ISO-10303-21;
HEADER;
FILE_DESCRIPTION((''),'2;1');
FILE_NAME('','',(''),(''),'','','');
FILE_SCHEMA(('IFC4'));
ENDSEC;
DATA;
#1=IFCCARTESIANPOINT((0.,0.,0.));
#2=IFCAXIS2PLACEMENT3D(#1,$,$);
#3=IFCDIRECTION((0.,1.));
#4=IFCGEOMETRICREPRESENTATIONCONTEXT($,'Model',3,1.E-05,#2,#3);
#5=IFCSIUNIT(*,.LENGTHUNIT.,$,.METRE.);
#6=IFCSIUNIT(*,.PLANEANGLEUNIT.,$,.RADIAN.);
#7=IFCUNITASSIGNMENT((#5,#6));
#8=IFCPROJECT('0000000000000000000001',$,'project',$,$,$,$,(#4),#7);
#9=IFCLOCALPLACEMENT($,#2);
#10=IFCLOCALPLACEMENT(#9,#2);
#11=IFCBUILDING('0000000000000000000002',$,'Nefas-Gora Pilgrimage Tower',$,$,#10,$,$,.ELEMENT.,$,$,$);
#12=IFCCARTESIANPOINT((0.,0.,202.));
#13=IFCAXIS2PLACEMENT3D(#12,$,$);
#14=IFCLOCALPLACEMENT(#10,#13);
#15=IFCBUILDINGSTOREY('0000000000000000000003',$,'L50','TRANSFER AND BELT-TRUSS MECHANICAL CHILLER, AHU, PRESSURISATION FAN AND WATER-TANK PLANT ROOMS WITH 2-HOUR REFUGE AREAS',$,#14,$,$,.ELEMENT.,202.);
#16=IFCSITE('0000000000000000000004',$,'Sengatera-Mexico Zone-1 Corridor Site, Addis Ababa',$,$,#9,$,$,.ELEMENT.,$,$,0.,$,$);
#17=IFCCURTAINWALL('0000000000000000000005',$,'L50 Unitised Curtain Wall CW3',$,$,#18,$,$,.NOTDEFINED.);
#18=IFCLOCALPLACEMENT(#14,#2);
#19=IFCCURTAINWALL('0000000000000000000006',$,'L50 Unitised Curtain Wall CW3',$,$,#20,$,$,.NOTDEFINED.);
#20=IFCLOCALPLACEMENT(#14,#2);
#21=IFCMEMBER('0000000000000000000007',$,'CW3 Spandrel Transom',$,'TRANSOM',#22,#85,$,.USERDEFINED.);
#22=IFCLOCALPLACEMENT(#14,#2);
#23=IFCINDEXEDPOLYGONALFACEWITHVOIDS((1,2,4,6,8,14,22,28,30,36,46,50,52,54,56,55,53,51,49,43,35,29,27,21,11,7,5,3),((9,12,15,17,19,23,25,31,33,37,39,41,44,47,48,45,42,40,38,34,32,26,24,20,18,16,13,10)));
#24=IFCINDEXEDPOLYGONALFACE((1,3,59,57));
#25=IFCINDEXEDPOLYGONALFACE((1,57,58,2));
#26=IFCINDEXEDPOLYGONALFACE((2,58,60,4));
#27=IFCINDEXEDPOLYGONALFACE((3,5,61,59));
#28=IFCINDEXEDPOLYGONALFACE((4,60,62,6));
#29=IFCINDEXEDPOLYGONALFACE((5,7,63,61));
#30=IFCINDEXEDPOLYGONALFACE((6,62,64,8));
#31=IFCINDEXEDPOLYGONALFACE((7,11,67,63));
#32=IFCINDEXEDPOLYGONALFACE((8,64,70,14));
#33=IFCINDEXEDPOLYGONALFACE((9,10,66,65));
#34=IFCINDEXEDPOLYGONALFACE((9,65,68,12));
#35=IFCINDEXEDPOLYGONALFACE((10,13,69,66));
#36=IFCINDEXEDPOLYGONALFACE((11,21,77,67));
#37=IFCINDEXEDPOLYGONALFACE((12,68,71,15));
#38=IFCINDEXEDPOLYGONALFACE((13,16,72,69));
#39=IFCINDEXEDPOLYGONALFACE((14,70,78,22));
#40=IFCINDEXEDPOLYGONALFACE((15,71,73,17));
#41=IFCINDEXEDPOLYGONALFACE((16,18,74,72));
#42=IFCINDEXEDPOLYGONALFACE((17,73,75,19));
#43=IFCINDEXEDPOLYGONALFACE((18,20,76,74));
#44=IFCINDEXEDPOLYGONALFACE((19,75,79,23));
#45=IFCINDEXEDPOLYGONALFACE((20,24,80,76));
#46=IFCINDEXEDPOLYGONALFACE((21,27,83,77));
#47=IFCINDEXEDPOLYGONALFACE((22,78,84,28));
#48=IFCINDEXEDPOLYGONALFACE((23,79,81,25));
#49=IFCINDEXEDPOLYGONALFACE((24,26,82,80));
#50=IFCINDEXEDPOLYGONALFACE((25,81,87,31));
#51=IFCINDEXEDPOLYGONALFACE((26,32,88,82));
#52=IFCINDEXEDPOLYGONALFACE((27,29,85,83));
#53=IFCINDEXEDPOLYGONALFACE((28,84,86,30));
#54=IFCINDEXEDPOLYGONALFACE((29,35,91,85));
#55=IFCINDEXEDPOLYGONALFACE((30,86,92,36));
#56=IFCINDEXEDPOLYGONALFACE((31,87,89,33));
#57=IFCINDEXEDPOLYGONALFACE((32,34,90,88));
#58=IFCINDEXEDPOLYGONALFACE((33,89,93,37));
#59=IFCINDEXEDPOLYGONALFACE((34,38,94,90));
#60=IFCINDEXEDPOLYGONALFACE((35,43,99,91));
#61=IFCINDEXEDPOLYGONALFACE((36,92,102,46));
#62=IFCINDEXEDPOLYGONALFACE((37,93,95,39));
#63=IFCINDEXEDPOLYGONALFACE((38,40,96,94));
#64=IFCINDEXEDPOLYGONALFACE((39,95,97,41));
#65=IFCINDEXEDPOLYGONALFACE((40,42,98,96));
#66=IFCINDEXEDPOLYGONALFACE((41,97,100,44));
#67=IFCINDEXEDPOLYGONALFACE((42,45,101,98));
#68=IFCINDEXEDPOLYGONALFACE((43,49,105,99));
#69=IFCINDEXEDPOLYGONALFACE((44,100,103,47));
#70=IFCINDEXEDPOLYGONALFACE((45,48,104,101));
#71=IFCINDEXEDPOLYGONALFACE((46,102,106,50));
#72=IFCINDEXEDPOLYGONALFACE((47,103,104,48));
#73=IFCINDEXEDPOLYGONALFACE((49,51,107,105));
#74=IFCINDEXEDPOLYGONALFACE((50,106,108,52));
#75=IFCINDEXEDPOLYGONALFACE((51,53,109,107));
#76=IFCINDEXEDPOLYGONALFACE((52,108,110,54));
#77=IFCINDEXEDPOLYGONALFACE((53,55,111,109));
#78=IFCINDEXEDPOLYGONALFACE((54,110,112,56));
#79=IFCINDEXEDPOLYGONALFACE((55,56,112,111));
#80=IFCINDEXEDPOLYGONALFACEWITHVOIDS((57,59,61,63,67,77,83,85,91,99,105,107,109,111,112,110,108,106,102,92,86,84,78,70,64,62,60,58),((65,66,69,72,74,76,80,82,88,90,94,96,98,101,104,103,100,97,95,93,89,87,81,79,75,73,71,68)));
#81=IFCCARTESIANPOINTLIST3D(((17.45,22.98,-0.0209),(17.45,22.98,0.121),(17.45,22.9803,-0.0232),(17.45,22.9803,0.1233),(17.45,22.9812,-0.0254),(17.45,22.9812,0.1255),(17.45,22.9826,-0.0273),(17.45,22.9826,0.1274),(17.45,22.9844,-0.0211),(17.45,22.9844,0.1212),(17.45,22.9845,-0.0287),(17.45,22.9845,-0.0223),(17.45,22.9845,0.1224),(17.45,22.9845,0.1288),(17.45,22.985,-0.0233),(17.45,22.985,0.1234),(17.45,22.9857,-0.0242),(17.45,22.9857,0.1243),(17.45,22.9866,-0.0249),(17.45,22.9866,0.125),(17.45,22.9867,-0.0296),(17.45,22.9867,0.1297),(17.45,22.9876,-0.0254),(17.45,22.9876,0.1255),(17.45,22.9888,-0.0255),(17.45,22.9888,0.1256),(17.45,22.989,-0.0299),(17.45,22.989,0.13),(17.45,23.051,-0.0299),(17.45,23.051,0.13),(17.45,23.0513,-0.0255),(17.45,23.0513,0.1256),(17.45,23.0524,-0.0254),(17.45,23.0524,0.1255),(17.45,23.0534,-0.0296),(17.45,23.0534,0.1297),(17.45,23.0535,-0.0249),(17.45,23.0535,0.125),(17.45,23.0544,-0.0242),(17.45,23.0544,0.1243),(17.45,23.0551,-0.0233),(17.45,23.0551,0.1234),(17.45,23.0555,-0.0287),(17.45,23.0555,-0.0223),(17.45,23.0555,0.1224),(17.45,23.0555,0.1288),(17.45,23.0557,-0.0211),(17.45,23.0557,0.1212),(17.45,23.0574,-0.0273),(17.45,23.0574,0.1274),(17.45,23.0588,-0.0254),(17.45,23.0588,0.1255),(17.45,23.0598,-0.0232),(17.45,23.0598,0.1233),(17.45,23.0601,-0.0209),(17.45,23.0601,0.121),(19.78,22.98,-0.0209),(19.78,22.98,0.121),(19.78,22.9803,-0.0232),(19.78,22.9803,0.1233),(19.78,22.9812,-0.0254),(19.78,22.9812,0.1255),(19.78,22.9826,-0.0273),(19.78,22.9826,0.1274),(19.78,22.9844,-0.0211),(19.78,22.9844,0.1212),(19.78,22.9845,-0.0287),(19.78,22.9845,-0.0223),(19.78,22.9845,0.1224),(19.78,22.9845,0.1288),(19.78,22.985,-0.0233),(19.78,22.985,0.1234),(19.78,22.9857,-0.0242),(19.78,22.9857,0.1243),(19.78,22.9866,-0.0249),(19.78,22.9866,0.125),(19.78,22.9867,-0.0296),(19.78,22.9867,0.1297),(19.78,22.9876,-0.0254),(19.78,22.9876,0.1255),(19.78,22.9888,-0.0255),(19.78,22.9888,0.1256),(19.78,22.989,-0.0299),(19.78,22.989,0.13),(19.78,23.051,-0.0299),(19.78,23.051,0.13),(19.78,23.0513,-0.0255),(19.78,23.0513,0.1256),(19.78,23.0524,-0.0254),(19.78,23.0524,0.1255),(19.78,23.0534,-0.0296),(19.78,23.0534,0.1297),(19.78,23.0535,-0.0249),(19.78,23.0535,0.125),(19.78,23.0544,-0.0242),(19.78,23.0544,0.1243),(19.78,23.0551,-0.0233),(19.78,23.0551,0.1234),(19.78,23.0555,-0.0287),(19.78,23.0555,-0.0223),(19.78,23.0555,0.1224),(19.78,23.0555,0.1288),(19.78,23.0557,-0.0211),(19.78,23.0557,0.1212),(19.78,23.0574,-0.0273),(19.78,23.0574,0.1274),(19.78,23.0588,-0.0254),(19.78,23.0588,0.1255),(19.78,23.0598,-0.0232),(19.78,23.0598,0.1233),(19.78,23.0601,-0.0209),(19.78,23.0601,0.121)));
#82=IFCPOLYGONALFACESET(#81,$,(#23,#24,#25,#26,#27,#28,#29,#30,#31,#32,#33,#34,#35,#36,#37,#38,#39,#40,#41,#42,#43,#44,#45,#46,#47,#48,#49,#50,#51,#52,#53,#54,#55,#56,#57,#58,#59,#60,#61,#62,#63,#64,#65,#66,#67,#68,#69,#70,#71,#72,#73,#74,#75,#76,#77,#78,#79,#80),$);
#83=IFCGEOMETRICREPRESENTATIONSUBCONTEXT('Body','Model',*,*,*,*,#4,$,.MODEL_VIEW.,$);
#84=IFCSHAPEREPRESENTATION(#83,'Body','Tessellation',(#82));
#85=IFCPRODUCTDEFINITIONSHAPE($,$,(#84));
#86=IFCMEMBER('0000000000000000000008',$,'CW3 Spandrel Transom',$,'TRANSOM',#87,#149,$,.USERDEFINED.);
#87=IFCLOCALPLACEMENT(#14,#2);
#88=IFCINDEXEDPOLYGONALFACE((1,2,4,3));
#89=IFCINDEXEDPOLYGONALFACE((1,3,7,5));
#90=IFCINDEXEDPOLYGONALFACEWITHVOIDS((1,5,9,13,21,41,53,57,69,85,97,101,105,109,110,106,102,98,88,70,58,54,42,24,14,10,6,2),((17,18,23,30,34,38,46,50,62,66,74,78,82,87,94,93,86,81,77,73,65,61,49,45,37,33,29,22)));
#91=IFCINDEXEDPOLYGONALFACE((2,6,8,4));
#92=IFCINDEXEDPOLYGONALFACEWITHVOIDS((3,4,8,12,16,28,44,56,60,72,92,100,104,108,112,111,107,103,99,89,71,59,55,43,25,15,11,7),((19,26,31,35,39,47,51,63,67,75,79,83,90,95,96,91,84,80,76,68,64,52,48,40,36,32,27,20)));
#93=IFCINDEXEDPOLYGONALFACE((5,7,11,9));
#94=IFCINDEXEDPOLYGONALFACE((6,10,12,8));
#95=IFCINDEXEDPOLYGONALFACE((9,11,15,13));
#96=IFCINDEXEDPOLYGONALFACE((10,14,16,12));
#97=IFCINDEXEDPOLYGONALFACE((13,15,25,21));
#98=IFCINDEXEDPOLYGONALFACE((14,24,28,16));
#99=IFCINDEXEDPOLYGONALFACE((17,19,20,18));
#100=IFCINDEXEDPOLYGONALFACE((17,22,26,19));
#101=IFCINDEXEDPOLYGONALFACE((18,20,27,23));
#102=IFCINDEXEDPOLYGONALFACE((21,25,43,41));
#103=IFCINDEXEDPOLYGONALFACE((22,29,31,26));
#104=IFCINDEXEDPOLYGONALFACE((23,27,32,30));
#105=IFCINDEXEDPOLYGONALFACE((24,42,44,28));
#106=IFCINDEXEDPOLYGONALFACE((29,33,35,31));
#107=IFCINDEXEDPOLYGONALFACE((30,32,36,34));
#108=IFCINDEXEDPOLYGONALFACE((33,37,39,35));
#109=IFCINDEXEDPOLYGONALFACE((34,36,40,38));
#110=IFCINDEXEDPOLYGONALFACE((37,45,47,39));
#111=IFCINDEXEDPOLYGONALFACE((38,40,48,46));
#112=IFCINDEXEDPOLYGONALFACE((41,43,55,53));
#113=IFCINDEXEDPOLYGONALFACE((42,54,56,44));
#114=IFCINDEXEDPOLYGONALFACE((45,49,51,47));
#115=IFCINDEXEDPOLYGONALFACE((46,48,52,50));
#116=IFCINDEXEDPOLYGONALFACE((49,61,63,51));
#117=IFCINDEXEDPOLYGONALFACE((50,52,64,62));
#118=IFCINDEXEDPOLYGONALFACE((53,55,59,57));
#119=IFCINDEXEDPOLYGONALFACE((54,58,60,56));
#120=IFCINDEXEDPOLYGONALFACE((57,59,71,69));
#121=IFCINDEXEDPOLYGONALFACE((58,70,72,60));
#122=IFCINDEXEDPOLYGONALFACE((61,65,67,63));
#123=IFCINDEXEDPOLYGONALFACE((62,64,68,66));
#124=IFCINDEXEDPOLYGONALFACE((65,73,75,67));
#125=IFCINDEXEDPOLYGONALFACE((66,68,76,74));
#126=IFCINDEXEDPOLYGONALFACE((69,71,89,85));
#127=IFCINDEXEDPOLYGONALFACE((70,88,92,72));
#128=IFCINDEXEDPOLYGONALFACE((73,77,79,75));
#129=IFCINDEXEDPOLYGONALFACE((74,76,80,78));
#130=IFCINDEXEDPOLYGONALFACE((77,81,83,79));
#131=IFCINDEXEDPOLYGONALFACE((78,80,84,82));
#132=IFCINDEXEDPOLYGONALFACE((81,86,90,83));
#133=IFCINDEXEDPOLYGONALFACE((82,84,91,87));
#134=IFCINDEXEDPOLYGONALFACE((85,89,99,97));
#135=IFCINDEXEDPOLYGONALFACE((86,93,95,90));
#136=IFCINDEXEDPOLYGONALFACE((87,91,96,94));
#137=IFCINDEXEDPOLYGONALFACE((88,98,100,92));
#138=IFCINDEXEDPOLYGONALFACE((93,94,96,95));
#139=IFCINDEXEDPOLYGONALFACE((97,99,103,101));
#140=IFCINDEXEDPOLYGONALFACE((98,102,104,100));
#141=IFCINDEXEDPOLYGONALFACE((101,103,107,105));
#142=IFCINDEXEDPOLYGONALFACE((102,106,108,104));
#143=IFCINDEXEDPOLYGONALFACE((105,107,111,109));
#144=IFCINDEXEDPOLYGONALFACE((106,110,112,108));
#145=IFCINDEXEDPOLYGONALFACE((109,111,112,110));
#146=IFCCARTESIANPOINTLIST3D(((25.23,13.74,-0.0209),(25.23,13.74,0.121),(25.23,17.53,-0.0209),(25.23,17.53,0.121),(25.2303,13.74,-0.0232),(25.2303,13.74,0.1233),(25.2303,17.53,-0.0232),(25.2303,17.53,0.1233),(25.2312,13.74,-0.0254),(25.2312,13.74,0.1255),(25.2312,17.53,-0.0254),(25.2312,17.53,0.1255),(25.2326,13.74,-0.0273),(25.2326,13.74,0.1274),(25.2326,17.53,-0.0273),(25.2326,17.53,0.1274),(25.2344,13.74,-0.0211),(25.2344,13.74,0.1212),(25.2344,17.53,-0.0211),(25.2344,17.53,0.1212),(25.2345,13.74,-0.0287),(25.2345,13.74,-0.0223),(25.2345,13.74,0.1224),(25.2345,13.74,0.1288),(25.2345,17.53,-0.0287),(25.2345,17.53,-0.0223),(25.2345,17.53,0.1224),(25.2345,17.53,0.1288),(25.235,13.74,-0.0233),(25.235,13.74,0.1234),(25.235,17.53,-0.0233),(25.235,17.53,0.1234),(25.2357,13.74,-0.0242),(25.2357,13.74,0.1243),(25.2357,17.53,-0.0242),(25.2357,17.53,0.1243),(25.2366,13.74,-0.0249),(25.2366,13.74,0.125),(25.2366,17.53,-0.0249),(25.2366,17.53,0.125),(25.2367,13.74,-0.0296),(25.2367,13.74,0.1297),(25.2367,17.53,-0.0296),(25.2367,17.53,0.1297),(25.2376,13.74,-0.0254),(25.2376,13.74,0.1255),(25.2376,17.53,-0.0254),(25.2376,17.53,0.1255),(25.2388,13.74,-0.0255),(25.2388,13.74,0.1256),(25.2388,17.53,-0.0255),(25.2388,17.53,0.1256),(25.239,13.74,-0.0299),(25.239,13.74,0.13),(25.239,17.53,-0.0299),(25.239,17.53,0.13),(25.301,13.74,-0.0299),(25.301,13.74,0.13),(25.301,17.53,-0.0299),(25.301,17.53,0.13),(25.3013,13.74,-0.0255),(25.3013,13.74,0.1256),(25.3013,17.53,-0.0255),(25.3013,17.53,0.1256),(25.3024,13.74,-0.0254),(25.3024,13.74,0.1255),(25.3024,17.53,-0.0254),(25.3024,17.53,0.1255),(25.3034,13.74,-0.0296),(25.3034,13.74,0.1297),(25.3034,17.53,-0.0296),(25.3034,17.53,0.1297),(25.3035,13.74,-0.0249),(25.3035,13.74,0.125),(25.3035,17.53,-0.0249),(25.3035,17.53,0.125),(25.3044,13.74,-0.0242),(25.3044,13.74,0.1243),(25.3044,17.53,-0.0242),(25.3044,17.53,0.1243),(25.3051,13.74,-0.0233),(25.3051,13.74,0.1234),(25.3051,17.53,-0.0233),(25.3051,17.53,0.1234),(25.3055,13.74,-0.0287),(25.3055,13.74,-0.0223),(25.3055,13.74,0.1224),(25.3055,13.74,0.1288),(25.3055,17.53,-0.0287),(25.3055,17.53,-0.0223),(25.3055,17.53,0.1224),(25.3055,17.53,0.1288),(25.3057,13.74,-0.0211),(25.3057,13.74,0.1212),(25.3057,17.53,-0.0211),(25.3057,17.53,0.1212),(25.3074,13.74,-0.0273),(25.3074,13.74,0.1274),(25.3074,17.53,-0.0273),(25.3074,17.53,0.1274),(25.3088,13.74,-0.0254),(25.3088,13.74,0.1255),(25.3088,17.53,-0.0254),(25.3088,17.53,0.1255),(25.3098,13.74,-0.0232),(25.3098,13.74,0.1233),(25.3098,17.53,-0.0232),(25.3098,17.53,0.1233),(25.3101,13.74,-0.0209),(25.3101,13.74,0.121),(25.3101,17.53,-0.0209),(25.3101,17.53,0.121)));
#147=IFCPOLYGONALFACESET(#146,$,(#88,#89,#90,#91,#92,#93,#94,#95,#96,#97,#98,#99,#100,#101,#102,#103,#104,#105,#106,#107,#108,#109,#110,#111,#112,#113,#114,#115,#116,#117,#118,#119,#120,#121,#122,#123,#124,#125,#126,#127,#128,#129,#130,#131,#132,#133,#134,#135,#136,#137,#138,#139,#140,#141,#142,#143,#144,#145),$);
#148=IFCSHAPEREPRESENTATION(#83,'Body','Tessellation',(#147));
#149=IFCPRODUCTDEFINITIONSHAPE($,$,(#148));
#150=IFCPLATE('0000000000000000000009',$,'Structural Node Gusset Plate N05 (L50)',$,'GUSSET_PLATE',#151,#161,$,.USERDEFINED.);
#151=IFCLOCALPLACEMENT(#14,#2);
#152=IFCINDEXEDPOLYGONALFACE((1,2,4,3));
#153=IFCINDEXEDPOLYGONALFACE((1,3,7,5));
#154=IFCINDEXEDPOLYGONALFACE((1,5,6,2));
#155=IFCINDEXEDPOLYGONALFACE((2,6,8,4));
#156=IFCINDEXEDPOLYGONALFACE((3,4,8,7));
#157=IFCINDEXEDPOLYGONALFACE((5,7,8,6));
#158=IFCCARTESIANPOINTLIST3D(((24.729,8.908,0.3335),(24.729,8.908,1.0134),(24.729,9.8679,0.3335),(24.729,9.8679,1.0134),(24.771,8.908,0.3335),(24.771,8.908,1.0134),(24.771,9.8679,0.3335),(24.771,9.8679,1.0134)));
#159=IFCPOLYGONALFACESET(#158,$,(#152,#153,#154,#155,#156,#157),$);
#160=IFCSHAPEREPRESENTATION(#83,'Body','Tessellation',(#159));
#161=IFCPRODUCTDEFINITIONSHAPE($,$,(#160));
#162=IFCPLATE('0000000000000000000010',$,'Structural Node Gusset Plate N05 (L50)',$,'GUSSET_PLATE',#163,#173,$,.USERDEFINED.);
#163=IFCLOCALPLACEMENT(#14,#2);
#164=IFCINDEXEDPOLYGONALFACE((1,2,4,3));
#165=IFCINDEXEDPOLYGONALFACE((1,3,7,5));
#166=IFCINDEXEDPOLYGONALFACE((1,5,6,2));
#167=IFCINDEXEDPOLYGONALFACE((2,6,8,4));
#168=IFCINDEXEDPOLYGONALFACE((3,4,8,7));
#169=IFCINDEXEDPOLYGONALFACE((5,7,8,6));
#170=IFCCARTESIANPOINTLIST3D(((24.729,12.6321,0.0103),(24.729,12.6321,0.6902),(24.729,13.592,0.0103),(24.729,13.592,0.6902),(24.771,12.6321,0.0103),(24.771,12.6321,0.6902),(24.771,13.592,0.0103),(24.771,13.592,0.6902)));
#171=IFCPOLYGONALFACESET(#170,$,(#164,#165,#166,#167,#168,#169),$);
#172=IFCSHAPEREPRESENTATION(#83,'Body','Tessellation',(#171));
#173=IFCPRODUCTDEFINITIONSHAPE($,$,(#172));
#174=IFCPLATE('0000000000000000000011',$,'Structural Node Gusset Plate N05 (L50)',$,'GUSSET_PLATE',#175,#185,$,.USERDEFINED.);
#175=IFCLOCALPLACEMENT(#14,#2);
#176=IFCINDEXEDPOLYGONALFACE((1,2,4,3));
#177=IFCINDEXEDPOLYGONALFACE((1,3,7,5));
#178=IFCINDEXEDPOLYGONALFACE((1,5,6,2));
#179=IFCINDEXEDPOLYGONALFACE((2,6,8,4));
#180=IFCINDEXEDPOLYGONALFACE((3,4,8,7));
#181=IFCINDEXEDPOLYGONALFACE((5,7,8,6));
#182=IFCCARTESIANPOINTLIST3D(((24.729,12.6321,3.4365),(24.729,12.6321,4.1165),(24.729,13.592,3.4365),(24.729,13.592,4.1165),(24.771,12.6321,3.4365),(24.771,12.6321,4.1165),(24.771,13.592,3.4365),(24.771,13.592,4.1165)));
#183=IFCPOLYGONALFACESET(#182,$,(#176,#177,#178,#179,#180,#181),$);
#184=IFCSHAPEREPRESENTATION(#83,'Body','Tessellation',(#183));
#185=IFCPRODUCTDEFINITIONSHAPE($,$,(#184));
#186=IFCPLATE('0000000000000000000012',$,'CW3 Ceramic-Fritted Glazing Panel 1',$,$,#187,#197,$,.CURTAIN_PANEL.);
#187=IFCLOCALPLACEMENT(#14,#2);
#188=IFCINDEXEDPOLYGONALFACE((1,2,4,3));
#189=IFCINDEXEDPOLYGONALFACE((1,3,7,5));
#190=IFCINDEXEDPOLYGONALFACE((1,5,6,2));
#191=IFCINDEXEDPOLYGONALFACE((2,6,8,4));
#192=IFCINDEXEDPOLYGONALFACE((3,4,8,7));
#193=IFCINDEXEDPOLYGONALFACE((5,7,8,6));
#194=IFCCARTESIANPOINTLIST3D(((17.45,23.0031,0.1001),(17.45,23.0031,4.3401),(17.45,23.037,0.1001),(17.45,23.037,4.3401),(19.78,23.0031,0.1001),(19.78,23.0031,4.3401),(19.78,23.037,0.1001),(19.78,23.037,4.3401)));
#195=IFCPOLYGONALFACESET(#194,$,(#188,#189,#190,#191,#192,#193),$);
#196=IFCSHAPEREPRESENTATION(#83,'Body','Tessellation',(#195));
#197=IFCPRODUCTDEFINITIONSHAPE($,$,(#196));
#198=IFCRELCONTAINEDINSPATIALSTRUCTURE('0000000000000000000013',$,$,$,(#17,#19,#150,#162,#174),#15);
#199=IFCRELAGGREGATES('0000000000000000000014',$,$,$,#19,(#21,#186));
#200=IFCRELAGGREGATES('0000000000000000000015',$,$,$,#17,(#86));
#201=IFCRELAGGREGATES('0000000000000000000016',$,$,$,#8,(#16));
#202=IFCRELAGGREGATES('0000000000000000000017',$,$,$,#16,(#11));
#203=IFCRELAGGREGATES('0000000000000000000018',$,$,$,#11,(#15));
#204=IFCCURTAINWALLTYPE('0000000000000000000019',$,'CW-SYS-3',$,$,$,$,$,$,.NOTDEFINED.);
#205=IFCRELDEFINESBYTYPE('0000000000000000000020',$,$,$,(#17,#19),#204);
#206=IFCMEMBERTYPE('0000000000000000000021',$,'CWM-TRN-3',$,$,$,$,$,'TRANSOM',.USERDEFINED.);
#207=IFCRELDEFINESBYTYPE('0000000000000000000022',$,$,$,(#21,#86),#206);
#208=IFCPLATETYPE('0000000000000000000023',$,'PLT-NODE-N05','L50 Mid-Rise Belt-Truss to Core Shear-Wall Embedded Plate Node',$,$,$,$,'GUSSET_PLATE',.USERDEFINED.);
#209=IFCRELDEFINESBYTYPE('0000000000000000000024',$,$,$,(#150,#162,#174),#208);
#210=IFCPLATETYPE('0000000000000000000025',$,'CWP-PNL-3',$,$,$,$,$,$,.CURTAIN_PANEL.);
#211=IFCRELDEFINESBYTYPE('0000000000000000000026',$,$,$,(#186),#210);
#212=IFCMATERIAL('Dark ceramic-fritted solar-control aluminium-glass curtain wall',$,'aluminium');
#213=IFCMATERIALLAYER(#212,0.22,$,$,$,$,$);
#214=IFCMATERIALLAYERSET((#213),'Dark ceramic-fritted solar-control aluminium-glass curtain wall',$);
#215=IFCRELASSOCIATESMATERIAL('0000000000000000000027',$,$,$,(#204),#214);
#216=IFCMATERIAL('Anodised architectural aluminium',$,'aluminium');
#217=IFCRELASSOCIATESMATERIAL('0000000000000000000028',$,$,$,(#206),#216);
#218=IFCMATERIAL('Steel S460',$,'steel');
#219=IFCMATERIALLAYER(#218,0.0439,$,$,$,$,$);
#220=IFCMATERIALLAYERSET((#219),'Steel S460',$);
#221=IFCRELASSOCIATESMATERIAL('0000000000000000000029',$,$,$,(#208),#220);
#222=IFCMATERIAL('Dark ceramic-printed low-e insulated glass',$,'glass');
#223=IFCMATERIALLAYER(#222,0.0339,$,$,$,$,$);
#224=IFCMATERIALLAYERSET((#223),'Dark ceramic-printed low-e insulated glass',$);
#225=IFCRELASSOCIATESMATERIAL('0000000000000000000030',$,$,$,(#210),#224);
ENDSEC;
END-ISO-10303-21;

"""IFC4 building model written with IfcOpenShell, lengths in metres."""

from ifc_helpers import new_model, si_unit, direction, frame, origin, origin_2d, place, context, subcontext, project, spatial, rectangle, hollow_rectangle, extrude, source, transform, mapped, material, layer, layer_set, material_profile, profile_set, type_object, element, aggregate, save


model = new_model("IFC4")

# Units and contexts
model_context = context("Model", 3, precision=1e-05, world=origin(), true_north=direction((0.0, 1.0)))
body_context = subcontext(model_context, "Body", "Model", "MODEL_VIEW")
ifc_project = project(units=[si_unit("LENGTHUNIT", "METRE"), si_unit("PLANEANGLEUNIT", "RADIAN")], contexts=[model_context])

# Site, building, storey
site_placement = place(None, origin())
site = spatial("IfcSite", under=ifc_project, at=site_placement, Name="Sengatera-Mexico Zone-1 Corridor Site, Addis Ababa", CompositionType="ELEMENT", RefElevation=0.0)
building_placement = place(site_placement, origin())
building = spatial("IfcBuilding", under=site, at=building_placement, Name="Nefas-Gora Pilgrimage Tower", CompositionType="ELEMENT")
storey_placement = place(building_placement, frame((0.0, 0.0, 202.0)))
storey = spatial("IfcBuildingStorey", under=building, at=storey_placement, Name="L50", Description="TRANSFER AND BELT-TRUSS MECHANICAL CHILLER, AHU, PRESSURISATION FAN AND WATER-TANK PLANT ROOMS WITH 2-HOUR REFUGE AREAS", CompositionType="ELEMENT", Elevation=202.0)

# Shared definitions
ifc_material_1 = material(Name="Steel S460", Category="steel")

# Curtain walls, member
ifc_material_2 = material(Name="Dark ceramic-fritted solar-control aluminium-glass curtain wall", Category="aluminium")
ifc_layer_1 = layer(ifc_material_2, 0.22)
ifc_layer_set_1 = layer_set([ifc_layer_1], Name="Dark ceramic-fritted solar-control aluminium-glass curtain wall")
curtain_wall_type = type_object("IfcCurtainWallType", Name="CW-SYS-3", PredefinedType="NOTDEFINED", material=ifc_layer_set_1)
curtain_wall_1_placement = place(storey_placement, origin())
curtain_wall_1 = element("IfcCurtainWall", 1, at=curtain_wall_1_placement, inside=storey, type_object=curtain_wall_type, Name="L50 Unitised Curtain Wall CW3", PredefinedType="NOTDEFINED")
ifc_material_3 = material(Name="Anodised architectural aluminium", Category="aluminium")
curtain_wall_2_placement = place(storey_placement, origin())
curtain_wall_2 = element("IfcCurtainWall", 2, at=curtain_wall_2_placement, inside=storey, type_object=curtain_wall_type, Name="L50 Unitised Curtain Wall CW3", PredefinedType="NOTDEFINED")
ifc_material_profile_1 = material_profile(ifc_material_3, hollow_rectangle(XDim=0.0801, YDim=0.1599, WallThickness=0.0044, InnerFilletRadius=0.0044, OuterFilletRadius=0.009, at=origin_2d()), Name="ALU TRANSOM 80x160")
ifc_profile_set_1 = profile_set([ifc_material_profile_1], Name="Anodised architectural aluminium")
member_type_1 = type_object("IfcMemberType", Name="CWM-TRN-3", ElementType="TRANSOM", PredefinedType="USERDEFINED", material=ifc_profile_set_1)
shared_shape_1 = source(origin(), body_context, "Body", "SweptSolid", [
    extrude(hollow_rectangle(XDim=0.0801, YDim=0.1599, WallThickness=0.0044, InnerFilletRadius=0.0044, OuterFilletRadius=0.009, at=origin_2d()), origin(), (0.0, 0.0, 1.0), 2.3301),
])
member_1_placement = place(storey_placement, frame((19.78, 23.02, 0.05), z_axis=(-1.0, 0.0, 0.0), x_axis=(0.0, -1.0, 0.0)))
member_1 = element("IfcMember", 3, at=member_1_placement, type_object=member_type_1, Name="CW3 Spandrel Transom", ObjectType="TRANSOM", PredefinedType="USERDEFINED", context=body_context, shape_type="MappedRepresentation", body=[
    mapped(shared_shape_1, transform((0.0, 0.0, 0.0), x_axis=(1.0, 0.0, 0.0), y_axis=(0.0, 1.0, 0.0), z_axis=(0.0, 0.0, 1.0), scale=1.0)),
])

# Member
shared_shape_2 = source(origin(), body_context, "Body", "SweptSolid", [
    extrude(hollow_rectangle(XDim=0.0801, YDim=0.1599, WallThickness=0.0044, InnerFilletRadius=0.0044, OuterFilletRadius=0.009, at=origin_2d()), origin(), (0.0, 0.0, 1.0), 3.79),
])
member_2_placement = place(storey_placement, frame((25.27, 13.74, 0.05), z_axis=(0.0, 1.0, 0.0), x_axis=(-1.0, 0.0, 0.0)))
member_2 = element("IfcMember", 4, at=member_2_placement, type_object=member_type_1, Name="CW3 Spandrel Transom", ObjectType="TRANSOM", PredefinedType="USERDEFINED", context=body_context, shape_type="MappedRepresentation", body=[
    mapped(shared_shape_2, transform((0.0, 0.0, 0.0), x_axis=(1.0, 0.0, 0.0), y_axis=(0.0, 1.0, 0.0), z_axis=(0.0, 0.0, 1.0), scale=1.0)),
])

# Plates
ifc_layer_2 = layer(ifc_material_1, 0.0439)
ifc_layer_set_2 = layer_set([ifc_layer_2], Name="Steel S460")
plate_type_1 = type_object("IfcPlateType", Name="PLT-NODE-N05", Description="L50 Mid-Rise Belt-Truss to Core Shear-Wall Embedded Plate Node", ElementType="GUSSET_PLATE", PredefinedType="USERDEFINED", material=ifc_layer_set_2)
shared_shape_3 = source(origin(), body_context, "Body", "SweptSolid", [
    extrude(rectangle(XDim=0.96, YDim=0.042, at=origin_2d()), origin(), (0.0, 0.0, 1.0), 0.6799),
])
for number, where, z_axis, x_axis, name in (
    (5, (24.75, 9.3879, 0.3335), (0.0, 0.0, 1.0), (0.0, 1.0, 0.0), "Structural Node Gusset Plate N05 (L50)"),
    (6, (24.75, 13.1121, 0.0103), (0.0, 0.0, 1.0), (0.0, 1.0, 0.0), "Structural Node Gusset Plate N05 (L50)"),
    (7, (24.75, 13.1121, 3.4365), (0.0, 0.0, 1.0), (0.0, 1.0, 0.0), "Structural Node Gusset Plate N05 (L50)"),
):
    element("IfcPlate", number, at=place(storey_placement, frame(where, z_axis=z_axis, x_axis=x_axis)), inside=storey, type_object=plate_type_1, Name=name, ObjectType="GUSSET_PLATE", PredefinedType="USERDEFINED", context=body_context, shape_type="MappedRepresentation", body=[
        mapped(shared_shape_3, transform((0.0, 0.0, 0.0), x_axis=(1.0, 0.0, 0.0), y_axis=(0.0, 1.0, 0.0), z_axis=(0.0, 0.0, 1.0), scale=1.0)),
    ])

# Plate
ifc_material_4 = material(Name="Dark ceramic-printed low-e insulated glass", Category="glass")
ifc_layer_3 = layer(ifc_material_4, 0.0339)
ifc_layer_set_3 = layer_set([ifc_layer_3], Name="Dark ceramic-printed low-e insulated glass")
plate_type_2 = type_object("IfcPlateType", Name="CWP-PNL-3", PredefinedType="CURTAIN_PANEL", material=ifc_layer_set_3)
shared_shape_4 = source(origin(), body_context, "Body", "SweptSolid", [
    extrude(rectangle(XDim=2.3301, YDim=0.0339, at=origin_2d()), origin(), (0.0, 0.0, 1.0), 4.24),
])
plate_1_placement = place(storey_placement, frame((18.615, 23.02, 0.1001), z_axis=(0.0, 0.0, 1.0), x_axis=(-1.0, 0.0, 0.0)))
plate_1 = element("IfcPlate", 8, at=plate_1_placement, type_object=plate_type_2, Name="CW3 Ceramic-Fritted Glazing Panel 1", PredefinedType="CURTAIN_PANEL", context=body_context, shape_type="MappedRepresentation", body=[
    mapped(shared_shape_4, transform((0.0, 0.0, 0.0), x_axis=(1.0, 0.0, 0.0), y_axis=(0.0, 1.0, 0.0), z_axis=(0.0, 0.0, 1.0), scale=1.0)),
])
aggregate(curtain_wall_2, [member_1, plate_1])
aggregate(curtain_wall_1, [member_2])

save(model, "model.ifc")
